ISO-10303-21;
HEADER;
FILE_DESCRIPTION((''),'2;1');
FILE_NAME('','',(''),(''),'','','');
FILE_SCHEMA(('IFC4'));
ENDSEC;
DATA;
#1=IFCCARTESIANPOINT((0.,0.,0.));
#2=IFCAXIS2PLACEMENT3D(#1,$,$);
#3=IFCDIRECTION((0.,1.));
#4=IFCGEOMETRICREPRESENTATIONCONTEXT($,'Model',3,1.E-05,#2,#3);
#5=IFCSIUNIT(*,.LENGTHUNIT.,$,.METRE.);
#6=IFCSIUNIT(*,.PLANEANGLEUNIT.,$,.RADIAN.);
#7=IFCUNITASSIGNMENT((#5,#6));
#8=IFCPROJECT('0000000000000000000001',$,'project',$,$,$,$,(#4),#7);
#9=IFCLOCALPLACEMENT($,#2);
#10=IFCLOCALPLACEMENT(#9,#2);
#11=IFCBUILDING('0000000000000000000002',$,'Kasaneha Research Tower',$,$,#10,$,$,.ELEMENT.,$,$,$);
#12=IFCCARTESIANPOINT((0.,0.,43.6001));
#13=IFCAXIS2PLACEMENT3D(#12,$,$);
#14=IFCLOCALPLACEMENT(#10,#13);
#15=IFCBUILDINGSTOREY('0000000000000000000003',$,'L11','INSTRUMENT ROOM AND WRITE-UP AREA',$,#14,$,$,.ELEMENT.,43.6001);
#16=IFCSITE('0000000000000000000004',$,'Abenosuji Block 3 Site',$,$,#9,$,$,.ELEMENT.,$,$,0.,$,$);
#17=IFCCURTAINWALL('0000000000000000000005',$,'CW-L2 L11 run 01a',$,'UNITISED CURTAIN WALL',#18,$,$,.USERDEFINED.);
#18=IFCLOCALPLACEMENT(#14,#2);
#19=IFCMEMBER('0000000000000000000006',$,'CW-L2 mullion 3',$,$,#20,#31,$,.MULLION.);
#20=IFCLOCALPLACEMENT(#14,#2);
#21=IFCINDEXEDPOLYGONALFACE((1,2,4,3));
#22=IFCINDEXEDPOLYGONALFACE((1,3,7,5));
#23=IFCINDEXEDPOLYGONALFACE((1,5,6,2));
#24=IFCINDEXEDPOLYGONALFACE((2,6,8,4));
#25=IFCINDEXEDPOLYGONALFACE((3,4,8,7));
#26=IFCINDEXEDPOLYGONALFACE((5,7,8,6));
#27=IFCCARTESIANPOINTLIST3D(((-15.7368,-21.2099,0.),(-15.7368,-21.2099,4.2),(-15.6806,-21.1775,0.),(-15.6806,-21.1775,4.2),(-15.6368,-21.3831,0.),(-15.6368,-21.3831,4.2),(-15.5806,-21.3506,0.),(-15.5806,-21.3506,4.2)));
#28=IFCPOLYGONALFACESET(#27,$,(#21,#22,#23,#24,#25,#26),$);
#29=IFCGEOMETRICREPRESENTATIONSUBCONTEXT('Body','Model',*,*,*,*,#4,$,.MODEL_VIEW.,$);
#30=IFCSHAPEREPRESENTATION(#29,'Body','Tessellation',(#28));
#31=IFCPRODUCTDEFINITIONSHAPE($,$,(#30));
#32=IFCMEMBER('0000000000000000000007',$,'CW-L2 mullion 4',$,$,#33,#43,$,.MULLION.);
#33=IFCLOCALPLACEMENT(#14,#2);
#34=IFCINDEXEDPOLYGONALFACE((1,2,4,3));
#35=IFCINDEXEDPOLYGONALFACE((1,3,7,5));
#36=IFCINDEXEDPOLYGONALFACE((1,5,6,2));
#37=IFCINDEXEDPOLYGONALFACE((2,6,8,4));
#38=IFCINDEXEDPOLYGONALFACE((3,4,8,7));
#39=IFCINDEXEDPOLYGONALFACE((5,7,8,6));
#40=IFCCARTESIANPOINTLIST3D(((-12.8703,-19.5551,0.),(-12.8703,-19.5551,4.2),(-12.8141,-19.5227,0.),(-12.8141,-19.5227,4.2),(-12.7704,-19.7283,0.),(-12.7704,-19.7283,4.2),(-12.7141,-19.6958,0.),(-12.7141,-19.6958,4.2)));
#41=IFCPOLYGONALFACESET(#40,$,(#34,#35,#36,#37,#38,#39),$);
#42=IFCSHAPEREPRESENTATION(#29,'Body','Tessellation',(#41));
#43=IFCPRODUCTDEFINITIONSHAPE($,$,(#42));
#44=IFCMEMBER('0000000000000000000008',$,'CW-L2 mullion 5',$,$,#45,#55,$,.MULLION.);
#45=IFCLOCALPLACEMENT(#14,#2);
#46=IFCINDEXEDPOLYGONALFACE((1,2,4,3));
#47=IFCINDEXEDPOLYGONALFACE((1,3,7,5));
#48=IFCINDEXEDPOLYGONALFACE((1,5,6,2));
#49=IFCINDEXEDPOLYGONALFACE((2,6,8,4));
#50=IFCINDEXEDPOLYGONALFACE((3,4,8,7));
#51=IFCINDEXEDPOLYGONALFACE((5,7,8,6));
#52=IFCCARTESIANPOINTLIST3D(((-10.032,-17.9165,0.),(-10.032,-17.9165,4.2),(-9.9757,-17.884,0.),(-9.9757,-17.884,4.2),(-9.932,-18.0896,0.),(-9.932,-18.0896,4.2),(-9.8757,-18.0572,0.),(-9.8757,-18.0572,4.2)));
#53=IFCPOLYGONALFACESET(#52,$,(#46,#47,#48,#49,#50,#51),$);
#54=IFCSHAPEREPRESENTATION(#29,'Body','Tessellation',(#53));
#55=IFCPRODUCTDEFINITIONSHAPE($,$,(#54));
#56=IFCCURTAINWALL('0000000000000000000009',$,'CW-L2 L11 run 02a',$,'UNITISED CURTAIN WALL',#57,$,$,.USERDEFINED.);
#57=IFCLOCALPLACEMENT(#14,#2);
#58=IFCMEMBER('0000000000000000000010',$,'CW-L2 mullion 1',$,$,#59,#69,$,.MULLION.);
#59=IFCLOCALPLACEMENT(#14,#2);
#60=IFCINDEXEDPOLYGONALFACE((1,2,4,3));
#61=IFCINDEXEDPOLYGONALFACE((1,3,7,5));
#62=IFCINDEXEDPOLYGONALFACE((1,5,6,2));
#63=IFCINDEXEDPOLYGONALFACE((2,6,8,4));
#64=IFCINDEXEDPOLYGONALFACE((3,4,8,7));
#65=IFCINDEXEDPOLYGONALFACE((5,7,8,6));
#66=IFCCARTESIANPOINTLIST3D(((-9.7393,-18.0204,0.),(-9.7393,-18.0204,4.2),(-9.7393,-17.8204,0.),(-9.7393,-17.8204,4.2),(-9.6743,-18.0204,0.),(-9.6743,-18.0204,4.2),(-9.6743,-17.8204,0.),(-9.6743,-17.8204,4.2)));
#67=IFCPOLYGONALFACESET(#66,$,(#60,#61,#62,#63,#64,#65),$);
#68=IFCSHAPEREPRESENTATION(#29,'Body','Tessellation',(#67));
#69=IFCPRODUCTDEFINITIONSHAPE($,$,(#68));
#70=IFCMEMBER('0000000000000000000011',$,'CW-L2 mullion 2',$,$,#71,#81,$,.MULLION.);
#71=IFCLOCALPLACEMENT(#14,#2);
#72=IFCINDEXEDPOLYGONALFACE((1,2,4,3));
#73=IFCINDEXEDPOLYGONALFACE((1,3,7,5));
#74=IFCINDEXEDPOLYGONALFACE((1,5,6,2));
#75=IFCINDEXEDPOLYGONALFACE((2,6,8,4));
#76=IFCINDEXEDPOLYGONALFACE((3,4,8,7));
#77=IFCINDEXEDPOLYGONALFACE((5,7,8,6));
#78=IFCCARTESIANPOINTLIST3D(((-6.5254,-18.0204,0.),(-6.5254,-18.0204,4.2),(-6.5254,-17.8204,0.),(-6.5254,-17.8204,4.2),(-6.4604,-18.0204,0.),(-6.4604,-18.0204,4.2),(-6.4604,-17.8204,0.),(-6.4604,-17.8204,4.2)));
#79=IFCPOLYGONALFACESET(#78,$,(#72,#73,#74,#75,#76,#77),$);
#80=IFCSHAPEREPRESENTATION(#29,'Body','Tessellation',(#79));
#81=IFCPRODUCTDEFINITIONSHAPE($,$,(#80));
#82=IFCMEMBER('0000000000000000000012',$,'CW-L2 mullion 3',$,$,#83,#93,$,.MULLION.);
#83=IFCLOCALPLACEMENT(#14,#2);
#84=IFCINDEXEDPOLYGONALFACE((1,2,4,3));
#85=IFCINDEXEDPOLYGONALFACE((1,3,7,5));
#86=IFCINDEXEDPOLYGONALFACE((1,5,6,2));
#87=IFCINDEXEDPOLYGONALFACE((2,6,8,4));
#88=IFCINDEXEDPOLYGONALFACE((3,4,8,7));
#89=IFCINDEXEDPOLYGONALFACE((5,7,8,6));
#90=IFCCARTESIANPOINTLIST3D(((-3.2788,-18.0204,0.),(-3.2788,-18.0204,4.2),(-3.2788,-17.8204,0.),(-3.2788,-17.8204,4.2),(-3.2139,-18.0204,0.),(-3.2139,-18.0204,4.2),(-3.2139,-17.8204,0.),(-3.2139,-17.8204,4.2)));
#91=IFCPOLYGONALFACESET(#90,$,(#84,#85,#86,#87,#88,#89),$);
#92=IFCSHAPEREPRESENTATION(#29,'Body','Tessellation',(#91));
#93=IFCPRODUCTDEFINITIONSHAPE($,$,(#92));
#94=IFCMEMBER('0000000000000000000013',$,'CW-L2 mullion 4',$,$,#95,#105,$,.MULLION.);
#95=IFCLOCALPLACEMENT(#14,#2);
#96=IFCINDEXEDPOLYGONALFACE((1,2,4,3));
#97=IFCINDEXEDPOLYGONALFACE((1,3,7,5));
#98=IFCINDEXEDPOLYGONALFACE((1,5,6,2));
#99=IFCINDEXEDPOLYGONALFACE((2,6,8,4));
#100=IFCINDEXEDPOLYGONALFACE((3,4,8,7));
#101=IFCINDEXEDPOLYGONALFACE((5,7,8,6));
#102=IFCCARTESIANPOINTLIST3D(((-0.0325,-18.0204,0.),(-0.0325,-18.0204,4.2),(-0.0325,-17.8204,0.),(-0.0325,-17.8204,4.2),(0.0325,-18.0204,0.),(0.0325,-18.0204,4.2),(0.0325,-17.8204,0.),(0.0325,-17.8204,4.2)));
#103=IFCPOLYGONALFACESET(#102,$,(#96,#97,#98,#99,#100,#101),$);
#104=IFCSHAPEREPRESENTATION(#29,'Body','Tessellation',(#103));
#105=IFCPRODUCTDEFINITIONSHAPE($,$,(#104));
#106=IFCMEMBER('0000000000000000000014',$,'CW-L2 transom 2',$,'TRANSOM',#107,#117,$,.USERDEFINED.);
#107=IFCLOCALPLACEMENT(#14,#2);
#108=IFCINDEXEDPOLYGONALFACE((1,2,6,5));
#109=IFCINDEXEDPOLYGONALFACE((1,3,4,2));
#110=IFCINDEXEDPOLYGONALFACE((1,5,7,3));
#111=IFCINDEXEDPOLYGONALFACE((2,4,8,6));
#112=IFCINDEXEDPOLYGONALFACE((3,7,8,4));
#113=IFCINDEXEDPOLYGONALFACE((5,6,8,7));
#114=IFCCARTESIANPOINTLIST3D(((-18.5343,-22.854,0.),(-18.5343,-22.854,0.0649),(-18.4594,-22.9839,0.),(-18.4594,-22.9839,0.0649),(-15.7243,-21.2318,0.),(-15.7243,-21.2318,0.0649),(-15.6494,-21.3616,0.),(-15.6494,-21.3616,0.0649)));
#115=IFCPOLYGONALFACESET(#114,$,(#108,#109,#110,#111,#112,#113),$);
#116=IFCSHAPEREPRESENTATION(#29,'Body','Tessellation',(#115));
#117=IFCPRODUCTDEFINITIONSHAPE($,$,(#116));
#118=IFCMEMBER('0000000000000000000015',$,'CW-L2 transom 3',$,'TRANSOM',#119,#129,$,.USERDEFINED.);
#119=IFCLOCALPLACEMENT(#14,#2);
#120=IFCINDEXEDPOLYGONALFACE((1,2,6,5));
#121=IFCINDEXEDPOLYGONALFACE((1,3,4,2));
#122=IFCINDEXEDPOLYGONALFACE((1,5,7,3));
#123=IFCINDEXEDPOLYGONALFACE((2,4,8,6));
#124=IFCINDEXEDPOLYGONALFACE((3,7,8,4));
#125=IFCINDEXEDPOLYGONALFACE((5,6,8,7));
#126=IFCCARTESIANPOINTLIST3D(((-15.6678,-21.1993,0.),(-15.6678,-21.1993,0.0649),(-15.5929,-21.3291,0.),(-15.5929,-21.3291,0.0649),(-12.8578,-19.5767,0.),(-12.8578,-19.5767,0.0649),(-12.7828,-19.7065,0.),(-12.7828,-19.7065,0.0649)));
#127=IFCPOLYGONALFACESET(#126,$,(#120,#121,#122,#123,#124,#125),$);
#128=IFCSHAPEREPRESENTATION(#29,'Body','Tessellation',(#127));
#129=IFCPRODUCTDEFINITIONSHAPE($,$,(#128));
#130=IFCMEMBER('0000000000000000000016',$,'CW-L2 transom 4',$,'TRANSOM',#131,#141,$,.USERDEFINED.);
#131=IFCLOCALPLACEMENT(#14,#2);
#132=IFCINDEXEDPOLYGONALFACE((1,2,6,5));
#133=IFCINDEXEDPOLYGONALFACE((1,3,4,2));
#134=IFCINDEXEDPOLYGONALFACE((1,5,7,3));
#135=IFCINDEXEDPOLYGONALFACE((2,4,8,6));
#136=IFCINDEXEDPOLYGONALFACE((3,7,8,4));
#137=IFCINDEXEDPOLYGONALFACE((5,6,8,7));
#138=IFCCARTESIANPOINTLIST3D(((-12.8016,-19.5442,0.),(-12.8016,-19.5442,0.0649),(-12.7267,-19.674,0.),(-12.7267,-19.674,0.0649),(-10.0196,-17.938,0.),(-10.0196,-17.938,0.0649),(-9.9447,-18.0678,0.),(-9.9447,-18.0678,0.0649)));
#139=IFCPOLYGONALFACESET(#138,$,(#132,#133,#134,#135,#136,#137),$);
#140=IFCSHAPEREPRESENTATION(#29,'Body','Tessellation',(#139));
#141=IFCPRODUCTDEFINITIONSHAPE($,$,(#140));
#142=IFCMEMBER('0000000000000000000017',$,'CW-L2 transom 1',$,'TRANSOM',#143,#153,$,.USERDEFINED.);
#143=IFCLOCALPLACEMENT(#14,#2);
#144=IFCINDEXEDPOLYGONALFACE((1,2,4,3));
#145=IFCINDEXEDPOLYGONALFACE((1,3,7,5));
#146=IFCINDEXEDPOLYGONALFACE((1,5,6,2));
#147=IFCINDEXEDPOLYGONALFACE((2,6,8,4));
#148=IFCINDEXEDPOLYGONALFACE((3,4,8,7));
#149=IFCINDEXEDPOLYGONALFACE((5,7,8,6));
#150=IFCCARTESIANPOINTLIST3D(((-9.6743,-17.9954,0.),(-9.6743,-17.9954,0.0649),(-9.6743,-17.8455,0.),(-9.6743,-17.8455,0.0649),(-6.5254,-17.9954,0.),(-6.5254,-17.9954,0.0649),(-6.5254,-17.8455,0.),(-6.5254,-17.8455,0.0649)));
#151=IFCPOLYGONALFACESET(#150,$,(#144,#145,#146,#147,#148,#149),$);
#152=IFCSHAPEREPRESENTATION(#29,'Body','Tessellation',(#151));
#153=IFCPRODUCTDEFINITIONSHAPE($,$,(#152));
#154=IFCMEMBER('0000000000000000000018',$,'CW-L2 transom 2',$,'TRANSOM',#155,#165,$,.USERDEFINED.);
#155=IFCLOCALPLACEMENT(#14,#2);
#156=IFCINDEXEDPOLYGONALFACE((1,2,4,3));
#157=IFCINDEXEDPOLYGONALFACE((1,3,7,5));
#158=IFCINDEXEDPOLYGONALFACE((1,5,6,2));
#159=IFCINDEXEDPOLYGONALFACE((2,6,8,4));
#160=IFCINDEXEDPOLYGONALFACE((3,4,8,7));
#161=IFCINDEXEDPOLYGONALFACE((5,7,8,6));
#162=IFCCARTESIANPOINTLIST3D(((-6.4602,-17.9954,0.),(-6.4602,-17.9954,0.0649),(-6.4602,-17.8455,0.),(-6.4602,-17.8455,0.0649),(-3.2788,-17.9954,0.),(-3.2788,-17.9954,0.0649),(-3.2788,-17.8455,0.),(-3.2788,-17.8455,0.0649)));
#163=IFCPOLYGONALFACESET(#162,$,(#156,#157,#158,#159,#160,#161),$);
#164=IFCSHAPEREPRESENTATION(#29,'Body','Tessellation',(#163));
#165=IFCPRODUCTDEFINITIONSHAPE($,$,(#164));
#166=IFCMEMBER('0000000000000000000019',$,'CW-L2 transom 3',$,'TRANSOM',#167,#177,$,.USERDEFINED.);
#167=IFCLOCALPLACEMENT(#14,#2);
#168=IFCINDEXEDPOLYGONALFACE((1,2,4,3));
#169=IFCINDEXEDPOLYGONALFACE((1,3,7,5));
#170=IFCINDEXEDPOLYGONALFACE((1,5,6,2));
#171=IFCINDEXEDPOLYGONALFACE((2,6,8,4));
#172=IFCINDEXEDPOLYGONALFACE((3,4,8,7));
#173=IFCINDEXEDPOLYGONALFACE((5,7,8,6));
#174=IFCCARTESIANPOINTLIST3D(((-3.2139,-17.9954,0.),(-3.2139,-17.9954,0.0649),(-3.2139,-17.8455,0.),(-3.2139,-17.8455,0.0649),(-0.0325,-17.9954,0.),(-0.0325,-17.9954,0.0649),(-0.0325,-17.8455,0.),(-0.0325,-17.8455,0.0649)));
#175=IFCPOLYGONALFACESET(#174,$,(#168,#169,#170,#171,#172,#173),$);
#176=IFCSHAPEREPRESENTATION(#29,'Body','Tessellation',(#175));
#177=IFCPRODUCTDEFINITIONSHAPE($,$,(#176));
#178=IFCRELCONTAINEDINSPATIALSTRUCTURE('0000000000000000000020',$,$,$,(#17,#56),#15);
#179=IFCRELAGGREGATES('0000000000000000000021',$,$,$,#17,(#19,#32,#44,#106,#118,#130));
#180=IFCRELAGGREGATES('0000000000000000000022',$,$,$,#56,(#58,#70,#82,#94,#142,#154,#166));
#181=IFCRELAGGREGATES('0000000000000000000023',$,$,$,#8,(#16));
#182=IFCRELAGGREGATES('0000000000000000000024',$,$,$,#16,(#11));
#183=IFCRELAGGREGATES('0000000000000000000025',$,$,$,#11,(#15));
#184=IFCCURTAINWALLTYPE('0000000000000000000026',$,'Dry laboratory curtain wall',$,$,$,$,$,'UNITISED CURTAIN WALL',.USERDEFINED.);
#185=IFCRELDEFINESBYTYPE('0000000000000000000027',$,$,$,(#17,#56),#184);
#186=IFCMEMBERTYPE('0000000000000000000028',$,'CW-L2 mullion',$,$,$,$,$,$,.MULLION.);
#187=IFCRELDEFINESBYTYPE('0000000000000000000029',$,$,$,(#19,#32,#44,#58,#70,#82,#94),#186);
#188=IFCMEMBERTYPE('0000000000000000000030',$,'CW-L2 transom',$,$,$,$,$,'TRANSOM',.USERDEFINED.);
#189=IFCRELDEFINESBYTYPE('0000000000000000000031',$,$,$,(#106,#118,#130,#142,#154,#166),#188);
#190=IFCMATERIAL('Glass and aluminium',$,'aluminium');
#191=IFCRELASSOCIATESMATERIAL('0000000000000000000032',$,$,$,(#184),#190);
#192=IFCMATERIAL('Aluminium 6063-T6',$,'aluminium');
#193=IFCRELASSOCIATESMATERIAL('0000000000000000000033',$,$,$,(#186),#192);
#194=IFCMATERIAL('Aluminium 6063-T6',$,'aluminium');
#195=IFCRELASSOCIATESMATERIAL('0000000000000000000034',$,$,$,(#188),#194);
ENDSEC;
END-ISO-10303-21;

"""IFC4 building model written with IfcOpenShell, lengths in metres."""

from ifc_helpers import new_model, si_unit, direction, frame, origin, origin_2d, place, context, subcontext, project, spatial, rectangle, extrude, material, material_profile, profile_set, type_object, element, aggregate, save


model = new_model("IFC4")

# Units and contexts
model_context = context("Model", 3, precision=1e-05, world=origin(), true_north=direction((0.0, 1.0)))
body_context = subcontext(model_context, "Body", "Model", "MODEL_VIEW")
ifc_project = project(units=[si_unit("LENGTHUNIT", "METRE"), si_unit("PLANEANGLEUNIT", "RADIAN")], contexts=[model_context])

# Site, building, storey
site_placement = place(None, origin())
site = spatial("IfcSite", under=ifc_project, at=site_placement, Name="Abenosuji Block 3 Site", CompositionType="ELEMENT", RefElevation=0.0)
building_placement = place(site_placement, origin())
building = spatial("IfcBuilding", under=site, at=building_placement, Name="Kasaneha Research Tower", CompositionType="ELEMENT")
storey_placement = place(building_placement, frame((0.0, 0.0, 43.6001)))
storey = spatial("IfcBuildingStorey", under=building, at=storey_placement, Name="L11", Description="INSTRUMENT ROOM AND WRITE-UP AREA", CompositionType="ELEMENT", Elevation=43.6001)

# Curtain walls, members
ifc_material_1 = material(Name="Glass and aluminium", Category="aluminium")
curtain_wall_type = type_object("IfcCurtainWallType", Name="Dry laboratory curtain wall", ElementType="UNITISED CURTAIN WALL", PredefinedType="USERDEFINED", material=ifc_material_1)
curtain_wall_1_placement = place(storey_placement, origin())
curtain_wall_1 = element("IfcCurtainWall", 1, at=curtain_wall_1_placement, inside=storey, type_object=curtain_wall_type, Name="CW-L2 L11 run 01a", ObjectType="UNITISED CURTAIN WALL", PredefinedType="USERDEFINED")
ifc_material_2 = material(Name="Aluminium 6063-T6", Category="aluminium")
ifc_material_profile_1 = material_profile(ifc_material_2, rectangle(XDim=0.0649, YDim=0.2, at=origin_2d()), Name="CW-L2 mullion 65x200")
ifc_profile_set_1 = profile_set([ifc_material_profile_1], Name="Aluminium 6063-T6")
member_type_1 = type_object("IfcMemberType", Name="CW-L2 mullion", PredefinedType="MULLION", material=ifc_profile_set_1)
member_1_placement = place(storey_placement, frame((-15.6587, -21.2803, 0.0), z_axis=(0.0, 0.0, 1.0), x_axis=(0.866025, 0.5, 0.0)))
member_1 = element("IfcMember", 2, at=member_1_placement, type_object=member_type_1, Name="CW-L2 mullion 3", PredefinedType="MULLION", context=body_context, shape_type="SweptSolid", body=[
    extrude(rectangle(XDim=0.0649, YDim=0.2, at=origin_2d()), origin(), (0.0, 0.0, 1.0), 4.2),
])
member_2_placement = place(storey_placement, frame((-12.7922, -19.6255, 0.0), z_axis=(0.0, 0.0, 1.0), x_axis=(0.866025, 0.5, 0.0)))
member_2 = element("IfcMember", 3, at=member_2_placement, type_object=member_type_1, Name="CW-L2 mullion 4", PredefinedType="MULLION", context=body_context, shape_type="SweptSolid", body=[
    extrude(rectangle(XDim=0.0649, YDim=0.2, at=origin_2d()), origin(), (0.0, 0.0, 1.0), 4.2),
])
member_3_placement = place(storey_placement, frame((-9.9539, -17.9868, 0.0), z_axis=(0.0, 0.0, 1.0), x_axis=(0.866025, 0.5, 0.0)))
member_3 = element("IfcMember", 4, at=member_3_placement, type_object=member_type_1, Name="CW-L2 mullion 5", PredefinedType="MULLION", context=body_context, shape_type="SweptSolid", body=[
    extrude(rectangle(XDim=0.0649, YDim=0.2, at=origin_2d()), origin(), (0.0, 0.0, 1.0), 4.2),
])
curtain_wall_2_placement = place(storey_placement, origin())
curtain_wall_2 = element("IfcCurtainWall", 5, at=curtain_wall_2_placement, inside=storey, type_object=curtain_wall_type, Name="CW-L2 L11 run 02a", ObjectType="UNITISED CURTAIN WALL", PredefinedType="USERDEFINED")
member_4_placement = place(storey_placement, frame((-9.7068, -17.9204, 0.0), z_axis=(0.0, 0.0, 1.0), x_axis=(1.0, 0.0, 0.0)))
member_4 = element("IfcMember", 6, at=member_4_placement, type_object=member_type_1, Name="CW-L2 mullion 1", PredefinedType="MULLION", context=body_context, shape_type="SweptSolid", body=[
    extrude(rectangle(XDim=0.0649, YDim=0.2, at=origin_2d()), origin(), (0.0, 0.0, 1.0), 4.2),
])
member_5_placement = place(storey_placement, frame((-6.4929, -17.9204, 0.0), z_axis=(0.0, 0.0, 1.0), x_axis=(1.0, 0.0, 0.0)))
member_5 = element("IfcMember", 7, at=member_5_placement, type_object=member_type_1, Name="CW-L2 mullion 2", PredefinedType="MULLION", context=body_context, shape_type="SweptSolid", body=[
    extrude(rectangle(XDim=0.0649, YDim=0.2, at=origin_2d()), origin(), (0.0, 0.0, 1.0), 4.2),
])
member_6_placement = place(storey_placement, frame((-3.2463, -17.9204, 0.0), z_axis=(0.0, 0.0, 1.0), x_axis=(1.0, 0.0, 0.0)))
member_6 = element("IfcMember", 8, at=member_6_placement, type_object=member_type_1, Name="CW-L2 mullion 3", PredefinedType="MULLION", context=body_context, shape_type="SweptSolid", body=[
    extrude(rectangle(XDim=0.0649, YDim=0.2, at=origin_2d()), origin(), (0.0, 0.0, 1.0), 4.2),
])
member_7_placement = place(storey_placement, frame((0.0, -17.9204, 0.0), z_axis=(0.0, 0.0, 1.0), x_axis=(1.0, 0.0, 0.0)))
member_7 = element("IfcMember", 9, at=member_7_placement, type_object=member_type_1, Name="CW-L2 mullion 4", PredefinedType="MULLION", context=body_context, shape_type="SweptSolid", body=[
    extrude(rectangle(XDim=0.0649, YDim=0.2, at=origin_2d()), origin(), (0.0, 0.0, 1.0), 4.2),
])

# Members
ifc_material_3 = material(Name="Aluminium 6063-T6", Category="aluminium")
ifc_material_profile_2 = material_profile(ifc_material_3, rectangle(XDim=0.1499, YDim=0.0649, at=origin_2d()), Name="CW-L2 transom 150x65")
ifc_profile_set_2 = profile_set([ifc_material_profile_2], Name="Aluminium 6063-T6")
member_type_2 = type_object("IfcMemberType", Name="CW-L2 transom", ElementType="TRANSOM", PredefinedType="USERDEFINED", material=ifc_profile_set_2)
member_8_placement = place(storey_placement, frame((-18.4968, -22.9189, 0.0325), z_axis=(0.866035, 0.499983, 0.0), x_axis=(-0.499983, 0.866035, 0.0)))
member_8 = element("IfcMember", 10, at=member_8_placement, type_object=member_type_2, Name="CW-L2 transom 2", ObjectType="TRANSOM", PredefinedType="USERDEFINED", context=body_context, shape_type="SweptSolid", body=[
    extrude(rectangle(XDim=0.1499, YDim=0.0649, at=origin_2d()), origin(), (0.0, 0.0, 1.0), 3.2446),
])
member_9_placement = place(storey_placement, frame((-15.6304, -21.2642, 0.0325), z_axis=(0.866003, 0.500039, 0.0), x_axis=(-0.500039, 0.866003, 0.0)))
member_9 = element("IfcMember", 11, at=member_9_placement, type_object=member_type_2, Name="CW-L2 transom 3", ObjectType="TRANSOM", PredefinedType="USERDEFINED", context=body_context, shape_type="SweptSolid", body=[
    extrude(rectangle(XDim=0.1499, YDim=0.0649, at=origin_2d()), origin(), (0.0, 0.0, 1.0), 3.2449),
])
member_10_placement = place(storey_placement, frame((-12.7642, -19.6091, 0.0325), z_axis=(0.866022, 0.500005, 0.0), x_axis=(-0.500005, 0.866022, 0.0)))
member_10 = element("IfcMember", 12, at=member_10_placement, type_object=member_type_2, Name="CW-L2 transom 4", ObjectType="TRANSOM", PredefinedType="USERDEFINED", context=body_context, shape_type="SweptSolid", body=[
    extrude(rectangle(XDim=0.1499, YDim=0.0649, at=origin_2d()), origin(), (0.0, 0.0, 1.0), 3.2124),
])
member_11_placement = place(storey_placement, frame((-9.6743, -17.9204, 0.0325), z_axis=(1.0, 0.0, 0.0), x_axis=(0.0, 1.0, 0.0)))
member_11 = element("IfcMember", 13, at=member_11_placement, type_object=member_type_2, Name="CW-L2 transom 1", ObjectType="TRANSOM", PredefinedType="USERDEFINED", context=body_context, shape_type="SweptSolid", body=[
    extrude(rectangle(XDim=0.1499, YDim=0.0649, at=origin_2d()), origin(), (0.0, 0.0, 1.0), 3.1489),
])
member_12_placement = place(storey_placement, frame((-6.4602, -17.9204, 0.0325), z_axis=(1.0, 0.0, 0.0), x_axis=(0.0, 1.0, 0.0)))
member_12 = element("IfcMember", 14, at=member_12_placement, type_object=member_type_2, Name="CW-L2 transom 2", ObjectType="TRANSOM", PredefinedType="USERDEFINED", context=body_context, shape_type="SweptSolid", body=[
    extrude(rectangle(XDim=0.1499, YDim=0.0649, at=origin_2d()), origin(), (0.0, 0.0, 1.0), 3.1814),
])
member_13_placement = place(storey_placement, frame((-3.2139, -17.9204, 0.0325), z_axis=(1.0, 0.0, 0.0), x_axis=(0.0, 1.0, 0.0)))
member_13 = element("IfcMember", 15, at=member_13_placement, type_object=member_type_2, Name="CW-L2 transom 3", ObjectType="TRANSOM", PredefinedType="USERDEFINED", context=body_context, shape_type="SweptSolid", body=[
    extrude(rectangle(XDim=0.1499, YDim=0.0649, at=origin_2d()), origin(), (0.0, 0.0, 1.0), 3.1814),
])

aggregate(curtain_wall_1, [member_1, member_2, member_3, member_8, member_9, member_10])
aggregate(curtain_wall_2, [member_4, member_5, member_6, member_7, member_11, member_12, member_13])

save(model, "model.ifc")
